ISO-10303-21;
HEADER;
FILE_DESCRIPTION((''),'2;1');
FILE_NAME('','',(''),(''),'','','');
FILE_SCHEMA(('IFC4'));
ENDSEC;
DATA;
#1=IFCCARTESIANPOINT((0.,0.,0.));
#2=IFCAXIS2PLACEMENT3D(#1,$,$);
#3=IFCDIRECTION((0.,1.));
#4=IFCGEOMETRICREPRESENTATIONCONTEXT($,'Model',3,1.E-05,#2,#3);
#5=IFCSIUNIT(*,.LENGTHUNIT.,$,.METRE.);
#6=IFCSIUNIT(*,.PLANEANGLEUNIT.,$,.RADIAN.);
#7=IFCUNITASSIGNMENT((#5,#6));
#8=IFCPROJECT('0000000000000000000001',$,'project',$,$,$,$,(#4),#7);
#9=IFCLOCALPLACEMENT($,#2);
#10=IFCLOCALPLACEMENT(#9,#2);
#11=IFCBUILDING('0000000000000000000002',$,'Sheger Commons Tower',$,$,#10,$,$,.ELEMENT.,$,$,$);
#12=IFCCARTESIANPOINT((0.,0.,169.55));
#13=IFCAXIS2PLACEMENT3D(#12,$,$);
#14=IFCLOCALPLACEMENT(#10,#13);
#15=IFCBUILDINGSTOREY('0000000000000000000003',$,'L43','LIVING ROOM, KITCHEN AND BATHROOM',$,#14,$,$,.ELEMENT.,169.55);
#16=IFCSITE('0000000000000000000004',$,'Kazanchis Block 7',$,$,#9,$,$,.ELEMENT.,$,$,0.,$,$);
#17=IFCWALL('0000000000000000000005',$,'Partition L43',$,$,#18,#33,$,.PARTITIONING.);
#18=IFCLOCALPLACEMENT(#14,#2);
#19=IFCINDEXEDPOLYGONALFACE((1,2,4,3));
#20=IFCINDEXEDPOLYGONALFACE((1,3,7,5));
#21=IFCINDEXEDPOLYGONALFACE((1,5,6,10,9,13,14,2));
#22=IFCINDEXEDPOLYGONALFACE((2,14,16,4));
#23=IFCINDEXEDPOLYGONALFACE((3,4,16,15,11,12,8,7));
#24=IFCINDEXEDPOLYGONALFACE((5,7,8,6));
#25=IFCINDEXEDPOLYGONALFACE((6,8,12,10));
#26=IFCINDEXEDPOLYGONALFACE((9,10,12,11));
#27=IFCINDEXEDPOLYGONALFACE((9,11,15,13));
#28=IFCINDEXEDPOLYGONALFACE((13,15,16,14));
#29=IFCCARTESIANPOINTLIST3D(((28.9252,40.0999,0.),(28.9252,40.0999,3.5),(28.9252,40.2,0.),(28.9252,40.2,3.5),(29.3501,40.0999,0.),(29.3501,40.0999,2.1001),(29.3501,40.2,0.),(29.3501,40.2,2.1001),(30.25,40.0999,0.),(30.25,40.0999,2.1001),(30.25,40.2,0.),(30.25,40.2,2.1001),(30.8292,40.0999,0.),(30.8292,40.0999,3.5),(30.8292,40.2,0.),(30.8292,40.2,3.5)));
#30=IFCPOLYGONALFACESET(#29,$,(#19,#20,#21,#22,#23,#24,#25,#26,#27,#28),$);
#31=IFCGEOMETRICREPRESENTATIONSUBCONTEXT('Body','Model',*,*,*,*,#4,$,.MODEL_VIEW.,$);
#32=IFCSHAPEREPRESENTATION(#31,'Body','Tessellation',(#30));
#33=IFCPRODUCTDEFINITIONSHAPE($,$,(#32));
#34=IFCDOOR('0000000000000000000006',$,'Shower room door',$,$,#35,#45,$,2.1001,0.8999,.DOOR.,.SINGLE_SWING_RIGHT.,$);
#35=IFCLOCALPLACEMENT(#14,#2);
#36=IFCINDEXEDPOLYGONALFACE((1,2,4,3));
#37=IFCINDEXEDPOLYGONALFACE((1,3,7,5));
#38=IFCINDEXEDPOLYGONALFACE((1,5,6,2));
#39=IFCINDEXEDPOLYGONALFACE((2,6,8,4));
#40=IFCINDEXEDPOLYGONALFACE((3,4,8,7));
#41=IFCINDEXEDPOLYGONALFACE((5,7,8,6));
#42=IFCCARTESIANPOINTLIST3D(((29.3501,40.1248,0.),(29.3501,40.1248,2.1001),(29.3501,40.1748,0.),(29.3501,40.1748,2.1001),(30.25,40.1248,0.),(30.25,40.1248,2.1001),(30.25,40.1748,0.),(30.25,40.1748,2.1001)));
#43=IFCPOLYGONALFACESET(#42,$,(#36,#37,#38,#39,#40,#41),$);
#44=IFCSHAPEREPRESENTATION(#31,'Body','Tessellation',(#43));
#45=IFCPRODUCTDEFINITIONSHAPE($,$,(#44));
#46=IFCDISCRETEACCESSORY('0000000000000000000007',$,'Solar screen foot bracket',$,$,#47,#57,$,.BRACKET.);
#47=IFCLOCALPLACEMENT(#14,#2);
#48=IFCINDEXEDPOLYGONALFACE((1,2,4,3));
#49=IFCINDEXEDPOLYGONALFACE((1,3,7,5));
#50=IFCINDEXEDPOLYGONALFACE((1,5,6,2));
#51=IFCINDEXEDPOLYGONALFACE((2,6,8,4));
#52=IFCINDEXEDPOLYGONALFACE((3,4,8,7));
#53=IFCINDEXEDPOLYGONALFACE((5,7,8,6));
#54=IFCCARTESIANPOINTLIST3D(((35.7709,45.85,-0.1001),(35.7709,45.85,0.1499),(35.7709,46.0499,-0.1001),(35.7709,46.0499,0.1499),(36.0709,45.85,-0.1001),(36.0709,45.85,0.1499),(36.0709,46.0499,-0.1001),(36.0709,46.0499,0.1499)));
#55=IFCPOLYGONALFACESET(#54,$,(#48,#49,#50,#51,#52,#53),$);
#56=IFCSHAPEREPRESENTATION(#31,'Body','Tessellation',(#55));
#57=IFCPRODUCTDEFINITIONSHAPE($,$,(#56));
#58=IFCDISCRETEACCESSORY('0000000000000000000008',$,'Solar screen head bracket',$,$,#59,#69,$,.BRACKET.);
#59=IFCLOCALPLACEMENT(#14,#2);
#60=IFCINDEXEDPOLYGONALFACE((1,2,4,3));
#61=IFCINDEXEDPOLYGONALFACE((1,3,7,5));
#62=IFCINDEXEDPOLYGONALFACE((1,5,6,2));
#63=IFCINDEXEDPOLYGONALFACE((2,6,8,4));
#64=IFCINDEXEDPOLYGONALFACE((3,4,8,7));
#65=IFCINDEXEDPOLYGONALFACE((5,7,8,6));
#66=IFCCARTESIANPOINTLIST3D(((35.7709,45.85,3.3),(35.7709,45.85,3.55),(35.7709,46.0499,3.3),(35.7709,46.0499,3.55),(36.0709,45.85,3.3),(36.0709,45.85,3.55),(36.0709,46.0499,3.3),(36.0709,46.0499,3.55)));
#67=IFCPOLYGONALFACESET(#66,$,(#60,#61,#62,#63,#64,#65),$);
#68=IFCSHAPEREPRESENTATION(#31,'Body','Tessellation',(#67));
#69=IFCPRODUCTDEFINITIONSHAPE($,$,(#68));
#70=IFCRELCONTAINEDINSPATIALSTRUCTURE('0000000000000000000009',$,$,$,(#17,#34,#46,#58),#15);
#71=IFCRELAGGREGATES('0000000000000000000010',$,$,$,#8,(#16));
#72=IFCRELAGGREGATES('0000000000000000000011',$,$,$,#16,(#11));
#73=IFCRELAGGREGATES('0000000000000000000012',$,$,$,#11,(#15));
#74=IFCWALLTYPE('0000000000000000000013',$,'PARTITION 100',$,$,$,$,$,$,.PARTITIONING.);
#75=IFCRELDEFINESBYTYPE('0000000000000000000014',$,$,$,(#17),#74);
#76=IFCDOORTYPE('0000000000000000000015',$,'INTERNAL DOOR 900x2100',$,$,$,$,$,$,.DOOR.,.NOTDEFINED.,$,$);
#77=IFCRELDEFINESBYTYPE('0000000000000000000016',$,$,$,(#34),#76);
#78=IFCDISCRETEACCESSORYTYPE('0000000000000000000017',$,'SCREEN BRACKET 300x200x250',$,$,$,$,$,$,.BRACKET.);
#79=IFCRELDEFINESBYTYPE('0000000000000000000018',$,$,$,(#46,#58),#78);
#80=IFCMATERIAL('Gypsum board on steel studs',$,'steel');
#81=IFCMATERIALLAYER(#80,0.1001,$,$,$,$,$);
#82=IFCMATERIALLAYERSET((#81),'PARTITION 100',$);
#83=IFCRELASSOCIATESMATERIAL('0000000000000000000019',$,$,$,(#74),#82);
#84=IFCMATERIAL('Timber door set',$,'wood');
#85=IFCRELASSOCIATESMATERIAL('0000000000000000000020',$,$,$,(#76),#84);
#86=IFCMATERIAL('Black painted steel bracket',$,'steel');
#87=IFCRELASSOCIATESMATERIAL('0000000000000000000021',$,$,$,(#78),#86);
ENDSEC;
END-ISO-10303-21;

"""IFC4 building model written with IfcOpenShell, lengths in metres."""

from ifc_helpers import new_model, si_unit, direction, frame, frame_2d, origin, origin_2d, place, context, subcontext, project, spatial, rectangle, extrude, material, layer, layer_set, type_object, element, fill, save


model = new_model("IFC4")

# Units and contexts
model_context = context("Model", 3, precision=1e-05, world=origin(), true_north=direction((0.0, 1.0)))
body_context = subcontext(model_context, "Body", "Model", "MODEL_VIEW")
ifc_project = project(units=[si_unit("LENGTHUNIT", "METRE"), si_unit("PLANEANGLEUNIT", "RADIAN")], contexts=[model_context])

# Site, building, storey
site_placement = place(None, origin())
site = spatial("IfcSite", under=ifc_project, at=site_placement, Name="Kazanchis Block 7", CompositionType="ELEMENT", RefElevation=0.0)
building_placement = place(site_placement, origin())
building = spatial("IfcBuilding", under=site, at=building_placement, Name="Sheger Commons Tower", CompositionType="ELEMENT")
storey_placement = place(building_placement, frame((0.0, 0.0, 169.55)))
storey = spatial("IfcBuildingStorey", under=building, at=storey_placement, Name="L43", Description="LIVING ROOM, KITCHEN AND BATHROOM", CompositionType="ELEMENT", Elevation=169.55)

# Shared definitions
ifc_material_1 = material(Name="Gypsum board on steel studs", Category="steel")
ifc_layer_1 = layer(ifc_material_1, 0.1001)
ifc_layer_set_1 = layer_set([ifc_layer_1], Name="PARTITION 100")
wall_type_1 = type_object("IfcWallType", Name="PARTITION 100", PredefinedType="PARTITIONING", material=ifc_layer_set_1)

# Wall, opening, door
wall_1_placement = place(storey_placement, frame((28.925, 40.1499, 0.0), z_axis=(0.0, 0.0, 1.0), x_axis=(1.0, 0.0, 0.0)))
wall_1 = element("IfcWall", 1, at=wall_1_placement, inside=storey, type_object=wall_type_1, Name="Partition L43", PredefinedType="PARTITIONING", context=body_context, shape_type="SweptSolid", body=[
    extrude(rectangle(XDim=1.9041, YDim=0.1001, at=frame_2d((0.9521, 0.0))), origin(), (0.0, 0.0, 1.0), 3.5),
])
opening_1_placement = place(wall_1_placement, frame((0.425, 0.0, 0.0)))
opening_1 = element("IfcOpeningElement", 2, at=opening_1_placement, cuts=wall_1, PredefinedType="OPENING", context=body_context, shape_type="SweptSolid", body=[
    extrude(rectangle(XDim=0.8999, YDim=2.1001, at=frame_2d((0.45, 1.05))), frame((0.0, 0.0601, 0.0), z_axis=(0.0, -1.0, 0.0), x_axis=(1.0, 0.0, 0.0)), (0.0, 0.0, 1.0), 0.1201),
])
ifc_material_2 = material(Name="Timber door set", Category="wood")
door_type_1 = type_object("IfcDoorType", Name="INTERNAL DOOR 900x2100", OperationType="NOTDEFINED", PredefinedType="DOOR", material=ifc_material_2)
door_1_placement = place(opening_1_placement, origin())
door_1 = element("IfcDoor", 3, at=door_1_placement, inside=storey, type_object=door_type_1, Name="Shower room door", OperationType="SINGLE_SWING_RIGHT", OverallHeight=2.1001, OverallWidth=0.8999, PredefinedType="DOOR", context=body_context, shape_type="SweptSolid", body=[
    extrude(rectangle(XDim=0.8999, YDim=2.1001, at=frame_2d((0.45, 1.05))), frame((0.0, 0.0249, 0.0), z_axis=(0.0, -1.0, 0.0), x_axis=(1.0, 0.0, 0.0)), (0.0, 0.0, 1.0), 0.05),
])
fill(opening_1, door_1)

# Discrete accessories
ifc_material_3 = material(Name="Black painted steel bracket", Category="steel")
discrete_accessory_type = type_object("IfcDiscreteAccessoryType", Name="SCREEN BRACKET 300x200x250", PredefinedType="BRACKET", material=ifc_material_3)
for number, where, z_axis, x_axis, name in (
    (4, (35.9209, 45.95, -0.1001), (0.0, 0.0, 1.0), (-1.0, 0.0, 0.0), "Solar screen foot bracket"),
    (5, (35.9209, 45.95, 3.3), (0.0, 0.0, 1.0), (-1.0, 0.0, 0.0), "Solar screen head bracket"),
):
    element("IfcDiscreteAccessory", number, at=place(storey_placement, frame(where, z_axis=z_axis, x_axis=x_axis)), inside=storey, type_object=discrete_accessory_type, Name=name, PredefinedType="BRACKET", context=body_context, shape_type="SweptSolid", body=[
        extrude(rectangle(XDim=0.3, YDim=0.2, at=origin_2d()), origin(), (0.0, 0.0, 1.0), 0.25),
    ])

save(model, "model.ifc")
